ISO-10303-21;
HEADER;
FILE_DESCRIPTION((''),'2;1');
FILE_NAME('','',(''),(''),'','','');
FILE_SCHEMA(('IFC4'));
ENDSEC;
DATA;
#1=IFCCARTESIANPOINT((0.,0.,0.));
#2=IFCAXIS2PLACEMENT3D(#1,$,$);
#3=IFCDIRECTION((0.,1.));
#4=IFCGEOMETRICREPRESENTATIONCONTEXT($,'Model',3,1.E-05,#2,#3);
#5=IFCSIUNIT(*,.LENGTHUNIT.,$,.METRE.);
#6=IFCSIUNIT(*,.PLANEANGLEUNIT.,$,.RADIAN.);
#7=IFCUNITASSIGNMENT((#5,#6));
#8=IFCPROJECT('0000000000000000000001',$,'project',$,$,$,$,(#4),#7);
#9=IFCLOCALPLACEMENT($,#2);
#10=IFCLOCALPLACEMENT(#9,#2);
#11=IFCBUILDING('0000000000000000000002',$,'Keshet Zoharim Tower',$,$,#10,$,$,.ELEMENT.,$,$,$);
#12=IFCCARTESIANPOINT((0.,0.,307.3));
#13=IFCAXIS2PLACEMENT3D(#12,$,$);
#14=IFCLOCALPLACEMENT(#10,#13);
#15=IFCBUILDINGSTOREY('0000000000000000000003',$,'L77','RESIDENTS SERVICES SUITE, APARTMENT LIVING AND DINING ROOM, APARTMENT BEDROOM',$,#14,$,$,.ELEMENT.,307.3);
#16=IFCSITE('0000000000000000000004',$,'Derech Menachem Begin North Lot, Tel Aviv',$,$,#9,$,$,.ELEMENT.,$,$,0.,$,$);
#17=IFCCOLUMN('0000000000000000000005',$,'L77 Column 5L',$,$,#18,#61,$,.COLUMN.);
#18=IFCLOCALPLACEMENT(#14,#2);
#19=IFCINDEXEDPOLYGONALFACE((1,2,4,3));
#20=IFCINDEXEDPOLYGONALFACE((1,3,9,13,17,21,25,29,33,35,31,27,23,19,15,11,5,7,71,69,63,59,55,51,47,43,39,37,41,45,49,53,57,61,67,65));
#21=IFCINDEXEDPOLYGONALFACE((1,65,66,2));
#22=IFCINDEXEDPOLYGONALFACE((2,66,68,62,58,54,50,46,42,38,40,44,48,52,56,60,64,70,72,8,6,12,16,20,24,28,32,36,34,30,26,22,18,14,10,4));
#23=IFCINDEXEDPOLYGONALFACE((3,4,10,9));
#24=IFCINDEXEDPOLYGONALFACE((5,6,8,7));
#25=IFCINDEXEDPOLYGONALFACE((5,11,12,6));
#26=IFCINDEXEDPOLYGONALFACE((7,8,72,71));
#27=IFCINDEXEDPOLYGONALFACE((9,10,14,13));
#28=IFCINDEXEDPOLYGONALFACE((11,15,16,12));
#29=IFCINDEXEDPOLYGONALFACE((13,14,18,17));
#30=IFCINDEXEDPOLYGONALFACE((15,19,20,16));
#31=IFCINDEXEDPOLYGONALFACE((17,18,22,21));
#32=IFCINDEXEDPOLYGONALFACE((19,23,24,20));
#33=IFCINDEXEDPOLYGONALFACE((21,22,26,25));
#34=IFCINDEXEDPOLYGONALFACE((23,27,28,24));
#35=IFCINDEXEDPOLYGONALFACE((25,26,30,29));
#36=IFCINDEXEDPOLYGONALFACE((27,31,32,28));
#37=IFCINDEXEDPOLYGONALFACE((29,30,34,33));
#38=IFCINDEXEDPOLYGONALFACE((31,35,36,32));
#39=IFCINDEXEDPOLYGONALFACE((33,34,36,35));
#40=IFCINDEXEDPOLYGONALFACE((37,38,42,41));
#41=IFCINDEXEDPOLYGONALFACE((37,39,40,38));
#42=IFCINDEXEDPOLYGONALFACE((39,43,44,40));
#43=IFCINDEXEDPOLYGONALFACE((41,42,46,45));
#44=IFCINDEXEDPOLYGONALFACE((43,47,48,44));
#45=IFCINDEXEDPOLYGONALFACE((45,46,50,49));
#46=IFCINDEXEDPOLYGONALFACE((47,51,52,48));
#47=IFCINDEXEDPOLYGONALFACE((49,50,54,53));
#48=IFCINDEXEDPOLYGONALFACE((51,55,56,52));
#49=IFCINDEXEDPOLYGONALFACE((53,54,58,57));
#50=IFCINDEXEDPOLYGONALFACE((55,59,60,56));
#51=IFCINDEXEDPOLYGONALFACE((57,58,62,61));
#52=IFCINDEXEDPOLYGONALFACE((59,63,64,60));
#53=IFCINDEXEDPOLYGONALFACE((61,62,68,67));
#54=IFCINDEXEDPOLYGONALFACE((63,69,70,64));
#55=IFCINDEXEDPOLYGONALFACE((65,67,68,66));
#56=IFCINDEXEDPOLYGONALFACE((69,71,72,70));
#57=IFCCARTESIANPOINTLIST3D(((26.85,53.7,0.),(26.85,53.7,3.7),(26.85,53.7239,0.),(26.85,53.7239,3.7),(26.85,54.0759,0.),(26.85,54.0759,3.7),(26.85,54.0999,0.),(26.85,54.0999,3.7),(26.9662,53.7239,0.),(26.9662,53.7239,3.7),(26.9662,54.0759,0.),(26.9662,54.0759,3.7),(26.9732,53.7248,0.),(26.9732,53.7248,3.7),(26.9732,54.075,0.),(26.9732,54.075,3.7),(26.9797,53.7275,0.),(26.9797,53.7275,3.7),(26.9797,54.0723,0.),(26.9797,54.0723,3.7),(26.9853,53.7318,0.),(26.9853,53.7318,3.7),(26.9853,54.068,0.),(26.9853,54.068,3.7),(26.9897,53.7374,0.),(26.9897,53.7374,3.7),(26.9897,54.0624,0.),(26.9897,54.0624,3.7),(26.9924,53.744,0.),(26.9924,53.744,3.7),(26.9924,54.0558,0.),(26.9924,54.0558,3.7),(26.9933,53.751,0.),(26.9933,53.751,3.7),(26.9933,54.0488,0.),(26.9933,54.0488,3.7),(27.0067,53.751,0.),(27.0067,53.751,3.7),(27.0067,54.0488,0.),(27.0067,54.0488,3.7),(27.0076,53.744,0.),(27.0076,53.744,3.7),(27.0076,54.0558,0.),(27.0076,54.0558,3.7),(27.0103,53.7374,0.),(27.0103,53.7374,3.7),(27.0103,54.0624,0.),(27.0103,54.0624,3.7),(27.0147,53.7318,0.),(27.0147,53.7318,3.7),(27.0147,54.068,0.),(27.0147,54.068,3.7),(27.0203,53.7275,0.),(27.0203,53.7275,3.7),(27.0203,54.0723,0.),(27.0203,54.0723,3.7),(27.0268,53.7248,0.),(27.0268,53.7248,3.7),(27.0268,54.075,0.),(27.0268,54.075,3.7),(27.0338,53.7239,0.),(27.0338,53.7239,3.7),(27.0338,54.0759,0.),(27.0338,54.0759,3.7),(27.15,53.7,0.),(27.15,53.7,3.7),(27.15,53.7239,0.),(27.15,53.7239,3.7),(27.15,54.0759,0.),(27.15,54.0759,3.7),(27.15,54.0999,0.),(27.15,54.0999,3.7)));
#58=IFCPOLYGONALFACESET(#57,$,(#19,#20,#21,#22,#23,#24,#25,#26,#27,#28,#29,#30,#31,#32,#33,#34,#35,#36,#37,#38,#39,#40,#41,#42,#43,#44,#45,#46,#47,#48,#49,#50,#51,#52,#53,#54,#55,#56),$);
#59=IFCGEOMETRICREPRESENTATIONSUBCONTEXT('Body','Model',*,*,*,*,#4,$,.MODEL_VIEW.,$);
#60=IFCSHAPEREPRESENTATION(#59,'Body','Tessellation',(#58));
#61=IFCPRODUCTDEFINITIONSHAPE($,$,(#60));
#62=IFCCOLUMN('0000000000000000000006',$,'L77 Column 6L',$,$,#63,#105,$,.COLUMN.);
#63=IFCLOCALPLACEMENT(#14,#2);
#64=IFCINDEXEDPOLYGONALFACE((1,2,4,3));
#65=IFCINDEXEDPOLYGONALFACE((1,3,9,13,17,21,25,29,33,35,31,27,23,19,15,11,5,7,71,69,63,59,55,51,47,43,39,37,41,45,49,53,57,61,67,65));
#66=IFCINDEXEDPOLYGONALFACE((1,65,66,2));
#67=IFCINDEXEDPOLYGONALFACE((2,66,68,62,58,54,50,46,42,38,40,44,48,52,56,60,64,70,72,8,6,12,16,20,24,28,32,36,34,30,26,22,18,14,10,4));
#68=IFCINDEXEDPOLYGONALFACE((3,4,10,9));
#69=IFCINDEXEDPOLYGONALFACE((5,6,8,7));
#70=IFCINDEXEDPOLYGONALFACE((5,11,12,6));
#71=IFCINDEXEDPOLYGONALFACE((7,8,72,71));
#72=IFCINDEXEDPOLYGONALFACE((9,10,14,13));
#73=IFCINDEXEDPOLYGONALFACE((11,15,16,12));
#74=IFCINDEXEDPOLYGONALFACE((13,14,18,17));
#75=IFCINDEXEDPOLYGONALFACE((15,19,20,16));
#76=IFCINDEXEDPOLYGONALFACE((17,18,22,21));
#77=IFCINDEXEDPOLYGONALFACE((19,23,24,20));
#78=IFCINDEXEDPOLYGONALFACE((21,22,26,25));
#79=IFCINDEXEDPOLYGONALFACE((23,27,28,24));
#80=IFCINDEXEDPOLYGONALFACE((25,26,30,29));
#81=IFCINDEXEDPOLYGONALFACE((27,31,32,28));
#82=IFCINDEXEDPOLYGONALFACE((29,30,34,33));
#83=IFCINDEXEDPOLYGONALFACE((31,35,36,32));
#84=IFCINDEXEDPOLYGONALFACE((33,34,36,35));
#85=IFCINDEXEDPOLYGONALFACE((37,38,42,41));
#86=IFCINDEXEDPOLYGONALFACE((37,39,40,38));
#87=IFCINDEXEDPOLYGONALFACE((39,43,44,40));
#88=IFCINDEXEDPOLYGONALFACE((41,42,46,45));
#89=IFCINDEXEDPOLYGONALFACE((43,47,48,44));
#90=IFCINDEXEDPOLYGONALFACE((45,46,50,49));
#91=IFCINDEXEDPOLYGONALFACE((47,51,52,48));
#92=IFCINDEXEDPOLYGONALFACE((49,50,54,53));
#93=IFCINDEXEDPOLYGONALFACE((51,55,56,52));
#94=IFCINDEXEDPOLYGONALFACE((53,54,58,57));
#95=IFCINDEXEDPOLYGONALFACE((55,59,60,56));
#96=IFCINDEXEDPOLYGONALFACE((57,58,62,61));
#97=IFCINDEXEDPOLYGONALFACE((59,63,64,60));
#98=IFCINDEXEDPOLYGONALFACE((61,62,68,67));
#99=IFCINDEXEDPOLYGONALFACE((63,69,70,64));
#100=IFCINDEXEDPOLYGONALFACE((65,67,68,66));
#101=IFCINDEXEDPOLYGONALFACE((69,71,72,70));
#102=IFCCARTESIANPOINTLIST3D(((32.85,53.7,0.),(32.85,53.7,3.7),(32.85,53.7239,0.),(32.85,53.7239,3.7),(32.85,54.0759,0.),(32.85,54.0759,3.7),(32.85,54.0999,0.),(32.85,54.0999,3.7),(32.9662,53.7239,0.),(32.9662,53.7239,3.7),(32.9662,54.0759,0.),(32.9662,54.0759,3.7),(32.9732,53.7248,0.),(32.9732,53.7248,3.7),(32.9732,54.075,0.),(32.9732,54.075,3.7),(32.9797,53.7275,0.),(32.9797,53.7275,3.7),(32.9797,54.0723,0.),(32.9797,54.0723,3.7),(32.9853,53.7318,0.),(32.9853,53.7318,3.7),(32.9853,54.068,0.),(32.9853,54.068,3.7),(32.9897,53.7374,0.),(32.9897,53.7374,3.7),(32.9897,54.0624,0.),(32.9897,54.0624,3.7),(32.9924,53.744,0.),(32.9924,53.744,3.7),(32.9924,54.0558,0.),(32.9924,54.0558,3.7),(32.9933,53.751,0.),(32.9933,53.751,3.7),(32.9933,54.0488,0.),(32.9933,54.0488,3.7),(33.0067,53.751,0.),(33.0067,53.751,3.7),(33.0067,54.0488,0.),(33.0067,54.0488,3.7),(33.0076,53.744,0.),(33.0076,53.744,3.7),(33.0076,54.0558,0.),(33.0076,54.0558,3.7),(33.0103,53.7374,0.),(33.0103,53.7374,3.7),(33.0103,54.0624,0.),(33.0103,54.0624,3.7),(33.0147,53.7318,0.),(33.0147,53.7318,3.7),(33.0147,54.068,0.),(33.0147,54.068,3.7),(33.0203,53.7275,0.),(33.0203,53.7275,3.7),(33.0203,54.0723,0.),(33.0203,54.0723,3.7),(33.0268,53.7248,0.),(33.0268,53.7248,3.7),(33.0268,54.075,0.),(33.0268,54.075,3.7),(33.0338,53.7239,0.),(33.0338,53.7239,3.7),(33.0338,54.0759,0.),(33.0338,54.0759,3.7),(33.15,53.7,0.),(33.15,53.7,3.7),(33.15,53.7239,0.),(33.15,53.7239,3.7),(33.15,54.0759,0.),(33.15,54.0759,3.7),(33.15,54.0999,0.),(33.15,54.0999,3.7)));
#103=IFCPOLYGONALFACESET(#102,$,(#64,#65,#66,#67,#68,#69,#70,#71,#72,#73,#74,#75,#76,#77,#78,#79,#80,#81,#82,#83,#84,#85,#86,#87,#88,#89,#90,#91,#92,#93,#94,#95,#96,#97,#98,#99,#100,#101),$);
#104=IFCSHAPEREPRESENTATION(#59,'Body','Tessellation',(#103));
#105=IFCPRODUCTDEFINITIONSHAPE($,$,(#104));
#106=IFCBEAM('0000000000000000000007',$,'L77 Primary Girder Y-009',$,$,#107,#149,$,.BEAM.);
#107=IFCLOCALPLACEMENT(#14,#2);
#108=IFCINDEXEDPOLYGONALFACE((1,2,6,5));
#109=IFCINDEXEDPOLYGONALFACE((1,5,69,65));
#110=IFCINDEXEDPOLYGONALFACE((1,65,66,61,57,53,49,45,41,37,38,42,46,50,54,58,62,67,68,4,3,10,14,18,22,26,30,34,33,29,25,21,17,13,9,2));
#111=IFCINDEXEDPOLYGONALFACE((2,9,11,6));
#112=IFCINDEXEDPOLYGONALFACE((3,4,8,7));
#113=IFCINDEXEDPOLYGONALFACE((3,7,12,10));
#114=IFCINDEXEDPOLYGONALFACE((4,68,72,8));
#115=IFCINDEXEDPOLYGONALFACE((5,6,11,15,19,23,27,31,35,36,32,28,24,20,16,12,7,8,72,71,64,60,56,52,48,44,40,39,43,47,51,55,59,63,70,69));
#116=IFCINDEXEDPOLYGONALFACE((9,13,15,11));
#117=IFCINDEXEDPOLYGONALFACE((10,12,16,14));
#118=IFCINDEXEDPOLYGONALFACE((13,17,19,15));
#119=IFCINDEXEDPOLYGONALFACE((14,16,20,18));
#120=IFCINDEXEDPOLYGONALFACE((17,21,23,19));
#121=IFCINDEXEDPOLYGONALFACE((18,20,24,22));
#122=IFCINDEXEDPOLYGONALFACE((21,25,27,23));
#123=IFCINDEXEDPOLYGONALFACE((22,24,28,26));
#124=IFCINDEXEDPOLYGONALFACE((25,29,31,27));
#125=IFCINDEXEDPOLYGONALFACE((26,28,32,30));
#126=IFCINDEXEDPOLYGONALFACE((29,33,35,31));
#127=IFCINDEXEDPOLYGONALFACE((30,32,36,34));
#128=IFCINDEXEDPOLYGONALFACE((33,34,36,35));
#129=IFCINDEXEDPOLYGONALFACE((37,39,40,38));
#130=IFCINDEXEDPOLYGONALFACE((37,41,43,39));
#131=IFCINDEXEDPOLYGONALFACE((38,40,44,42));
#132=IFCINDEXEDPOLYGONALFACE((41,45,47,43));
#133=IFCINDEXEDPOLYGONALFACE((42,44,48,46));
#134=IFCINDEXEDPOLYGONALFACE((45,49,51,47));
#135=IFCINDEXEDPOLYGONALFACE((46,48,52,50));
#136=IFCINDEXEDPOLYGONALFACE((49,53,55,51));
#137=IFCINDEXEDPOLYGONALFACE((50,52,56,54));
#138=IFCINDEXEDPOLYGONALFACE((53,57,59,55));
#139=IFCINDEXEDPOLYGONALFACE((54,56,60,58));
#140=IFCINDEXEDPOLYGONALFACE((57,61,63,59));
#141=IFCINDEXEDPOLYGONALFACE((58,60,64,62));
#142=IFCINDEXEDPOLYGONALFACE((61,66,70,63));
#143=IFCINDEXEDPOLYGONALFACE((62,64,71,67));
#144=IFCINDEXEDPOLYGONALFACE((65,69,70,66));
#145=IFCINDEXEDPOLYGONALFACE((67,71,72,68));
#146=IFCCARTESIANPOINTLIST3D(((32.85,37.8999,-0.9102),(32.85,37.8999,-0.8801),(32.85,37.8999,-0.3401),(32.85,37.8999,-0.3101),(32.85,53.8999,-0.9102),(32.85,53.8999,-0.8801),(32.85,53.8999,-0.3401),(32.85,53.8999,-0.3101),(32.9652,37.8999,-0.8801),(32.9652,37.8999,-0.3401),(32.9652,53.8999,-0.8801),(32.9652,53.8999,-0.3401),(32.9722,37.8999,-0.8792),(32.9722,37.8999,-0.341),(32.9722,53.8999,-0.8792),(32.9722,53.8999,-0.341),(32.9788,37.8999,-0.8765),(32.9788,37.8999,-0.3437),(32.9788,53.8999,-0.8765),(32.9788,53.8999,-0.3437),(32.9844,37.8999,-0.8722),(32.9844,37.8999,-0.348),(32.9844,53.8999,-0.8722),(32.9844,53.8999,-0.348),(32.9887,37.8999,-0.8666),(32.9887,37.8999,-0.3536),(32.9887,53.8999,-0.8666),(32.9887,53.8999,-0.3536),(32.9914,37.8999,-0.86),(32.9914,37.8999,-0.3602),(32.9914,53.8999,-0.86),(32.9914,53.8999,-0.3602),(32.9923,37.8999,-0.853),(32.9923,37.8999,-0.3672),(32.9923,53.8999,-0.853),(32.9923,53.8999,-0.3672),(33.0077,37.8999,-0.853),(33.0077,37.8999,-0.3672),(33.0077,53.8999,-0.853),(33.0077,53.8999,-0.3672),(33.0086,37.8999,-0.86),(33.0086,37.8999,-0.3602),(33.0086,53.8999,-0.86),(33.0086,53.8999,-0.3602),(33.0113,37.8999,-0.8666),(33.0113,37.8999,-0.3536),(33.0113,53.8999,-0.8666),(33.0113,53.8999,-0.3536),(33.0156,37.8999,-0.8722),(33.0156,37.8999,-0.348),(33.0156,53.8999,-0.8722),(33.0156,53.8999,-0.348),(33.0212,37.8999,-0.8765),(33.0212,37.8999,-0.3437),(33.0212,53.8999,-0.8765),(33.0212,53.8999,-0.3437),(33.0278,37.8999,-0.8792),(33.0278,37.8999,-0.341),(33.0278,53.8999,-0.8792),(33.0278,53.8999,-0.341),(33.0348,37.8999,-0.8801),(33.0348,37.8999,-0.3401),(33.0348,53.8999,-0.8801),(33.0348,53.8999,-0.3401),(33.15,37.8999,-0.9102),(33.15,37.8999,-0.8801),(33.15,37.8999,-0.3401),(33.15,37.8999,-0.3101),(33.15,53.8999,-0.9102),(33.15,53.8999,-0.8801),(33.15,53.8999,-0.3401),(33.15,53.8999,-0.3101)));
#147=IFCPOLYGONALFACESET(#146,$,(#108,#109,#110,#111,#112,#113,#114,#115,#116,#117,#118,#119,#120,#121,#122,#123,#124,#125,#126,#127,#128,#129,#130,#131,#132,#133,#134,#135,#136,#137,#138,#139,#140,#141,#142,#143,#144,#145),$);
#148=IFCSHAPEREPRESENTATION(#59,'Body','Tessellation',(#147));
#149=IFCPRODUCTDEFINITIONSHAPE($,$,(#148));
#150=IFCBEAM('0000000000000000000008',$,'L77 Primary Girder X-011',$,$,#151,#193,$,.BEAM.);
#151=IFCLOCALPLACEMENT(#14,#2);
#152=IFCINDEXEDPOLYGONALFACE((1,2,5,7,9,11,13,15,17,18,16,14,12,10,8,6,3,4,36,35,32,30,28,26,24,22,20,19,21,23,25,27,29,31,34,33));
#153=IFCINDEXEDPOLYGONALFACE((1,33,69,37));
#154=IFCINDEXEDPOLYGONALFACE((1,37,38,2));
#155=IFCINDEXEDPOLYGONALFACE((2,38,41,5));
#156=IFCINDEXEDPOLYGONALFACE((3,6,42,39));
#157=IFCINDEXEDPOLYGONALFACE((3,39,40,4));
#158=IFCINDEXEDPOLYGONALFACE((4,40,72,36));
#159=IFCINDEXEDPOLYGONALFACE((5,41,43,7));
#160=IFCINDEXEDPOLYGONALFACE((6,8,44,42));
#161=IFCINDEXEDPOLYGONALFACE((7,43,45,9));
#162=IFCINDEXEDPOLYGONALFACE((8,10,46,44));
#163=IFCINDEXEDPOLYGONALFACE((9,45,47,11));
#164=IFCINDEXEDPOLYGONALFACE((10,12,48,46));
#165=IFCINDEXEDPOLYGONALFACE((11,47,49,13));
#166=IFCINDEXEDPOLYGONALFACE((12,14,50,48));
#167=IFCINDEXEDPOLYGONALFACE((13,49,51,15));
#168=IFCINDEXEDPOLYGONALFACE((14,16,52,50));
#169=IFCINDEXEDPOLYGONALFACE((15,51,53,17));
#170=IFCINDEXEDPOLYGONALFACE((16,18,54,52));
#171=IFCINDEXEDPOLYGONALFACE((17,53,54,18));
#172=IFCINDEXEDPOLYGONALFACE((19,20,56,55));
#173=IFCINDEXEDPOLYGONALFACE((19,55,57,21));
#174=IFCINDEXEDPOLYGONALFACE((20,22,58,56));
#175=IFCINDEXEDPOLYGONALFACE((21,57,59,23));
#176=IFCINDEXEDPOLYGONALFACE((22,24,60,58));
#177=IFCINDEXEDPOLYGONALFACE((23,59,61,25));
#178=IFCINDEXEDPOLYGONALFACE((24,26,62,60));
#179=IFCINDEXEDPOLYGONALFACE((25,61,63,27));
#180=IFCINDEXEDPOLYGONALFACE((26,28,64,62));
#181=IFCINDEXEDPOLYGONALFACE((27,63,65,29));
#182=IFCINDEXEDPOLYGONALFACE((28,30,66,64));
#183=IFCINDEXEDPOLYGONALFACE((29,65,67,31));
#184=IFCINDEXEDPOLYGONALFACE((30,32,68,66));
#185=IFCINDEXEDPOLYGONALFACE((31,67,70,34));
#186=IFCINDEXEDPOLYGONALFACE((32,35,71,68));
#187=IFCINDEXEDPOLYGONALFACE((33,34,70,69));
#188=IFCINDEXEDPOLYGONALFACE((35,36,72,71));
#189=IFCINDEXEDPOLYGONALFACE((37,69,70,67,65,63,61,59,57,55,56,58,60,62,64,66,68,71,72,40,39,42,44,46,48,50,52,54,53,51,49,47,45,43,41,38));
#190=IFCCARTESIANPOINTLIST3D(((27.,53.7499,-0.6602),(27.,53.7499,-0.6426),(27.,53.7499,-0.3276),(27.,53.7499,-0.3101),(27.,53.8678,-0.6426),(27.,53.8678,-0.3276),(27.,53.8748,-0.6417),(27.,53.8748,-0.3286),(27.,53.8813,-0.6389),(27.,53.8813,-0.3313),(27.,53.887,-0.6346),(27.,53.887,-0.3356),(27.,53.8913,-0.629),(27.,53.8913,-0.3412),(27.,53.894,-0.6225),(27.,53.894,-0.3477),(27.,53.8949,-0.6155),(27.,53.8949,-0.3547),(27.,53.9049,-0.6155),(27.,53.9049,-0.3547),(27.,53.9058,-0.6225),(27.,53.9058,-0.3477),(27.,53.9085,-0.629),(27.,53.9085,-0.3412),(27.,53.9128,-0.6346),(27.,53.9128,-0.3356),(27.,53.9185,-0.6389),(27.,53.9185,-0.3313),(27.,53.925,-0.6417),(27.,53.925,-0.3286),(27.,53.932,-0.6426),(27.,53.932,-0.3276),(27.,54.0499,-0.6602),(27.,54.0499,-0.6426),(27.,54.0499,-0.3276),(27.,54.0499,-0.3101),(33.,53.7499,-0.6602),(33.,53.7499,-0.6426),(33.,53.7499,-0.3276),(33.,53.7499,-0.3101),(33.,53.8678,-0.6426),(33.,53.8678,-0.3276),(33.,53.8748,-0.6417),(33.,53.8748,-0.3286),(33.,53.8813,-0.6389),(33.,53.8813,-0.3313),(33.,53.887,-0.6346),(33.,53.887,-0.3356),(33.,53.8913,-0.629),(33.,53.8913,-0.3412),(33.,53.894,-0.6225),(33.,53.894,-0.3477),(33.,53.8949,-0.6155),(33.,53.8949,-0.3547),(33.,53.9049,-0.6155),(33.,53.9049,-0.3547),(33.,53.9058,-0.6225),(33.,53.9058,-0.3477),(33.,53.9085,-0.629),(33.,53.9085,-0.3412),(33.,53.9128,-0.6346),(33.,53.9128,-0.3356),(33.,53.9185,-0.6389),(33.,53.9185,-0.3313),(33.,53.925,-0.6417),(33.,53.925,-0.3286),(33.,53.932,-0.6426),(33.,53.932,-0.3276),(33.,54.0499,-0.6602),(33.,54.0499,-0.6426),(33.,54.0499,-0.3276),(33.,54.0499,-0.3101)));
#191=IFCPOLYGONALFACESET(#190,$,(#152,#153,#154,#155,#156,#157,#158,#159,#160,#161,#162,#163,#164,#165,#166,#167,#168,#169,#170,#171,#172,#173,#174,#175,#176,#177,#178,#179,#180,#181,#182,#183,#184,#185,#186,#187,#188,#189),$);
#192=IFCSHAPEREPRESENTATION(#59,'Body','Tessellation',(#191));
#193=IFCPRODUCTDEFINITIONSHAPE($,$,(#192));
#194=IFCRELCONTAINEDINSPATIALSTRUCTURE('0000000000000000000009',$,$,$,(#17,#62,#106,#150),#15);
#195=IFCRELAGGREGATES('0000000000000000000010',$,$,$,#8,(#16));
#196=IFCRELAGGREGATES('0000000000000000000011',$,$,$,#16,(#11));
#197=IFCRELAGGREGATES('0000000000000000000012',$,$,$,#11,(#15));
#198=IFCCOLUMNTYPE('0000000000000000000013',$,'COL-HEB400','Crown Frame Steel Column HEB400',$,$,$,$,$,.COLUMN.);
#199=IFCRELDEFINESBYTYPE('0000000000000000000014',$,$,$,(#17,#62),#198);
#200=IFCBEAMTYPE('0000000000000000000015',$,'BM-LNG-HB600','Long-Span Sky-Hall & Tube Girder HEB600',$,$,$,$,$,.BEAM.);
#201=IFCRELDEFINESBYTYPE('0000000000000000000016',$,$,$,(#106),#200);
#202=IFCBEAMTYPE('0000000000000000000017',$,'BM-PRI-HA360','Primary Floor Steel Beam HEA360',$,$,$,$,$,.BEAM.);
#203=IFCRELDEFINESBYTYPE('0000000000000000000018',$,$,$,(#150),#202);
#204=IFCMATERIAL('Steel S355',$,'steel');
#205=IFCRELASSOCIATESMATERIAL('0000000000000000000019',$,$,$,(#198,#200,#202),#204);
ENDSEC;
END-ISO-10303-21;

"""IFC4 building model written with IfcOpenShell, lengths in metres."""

from ifc_helpers import new_model, si_unit, direction, frame, origin, origin_2d, place, context, subcontext, project, spatial, i_section, extrude, material, material_profile, profile_set, type_object, element, save


model = new_model("IFC4")

# Units and contexts
model_context = context("Model", 3, precision=1e-05, world=origin(), true_north=direction((0.0, 1.0)))
body_context = subcontext(model_context, "Body", "Model", "MODEL_VIEW")
ifc_project = project(units=[si_unit("LENGTHUNIT", "METRE"), si_unit("PLANEANGLEUNIT", "RADIAN")], contexts=[model_context])

# Site, building, storey
site_placement = place(None, origin())
site = spatial("IfcSite", under=ifc_project, at=site_placement, Name="Derech Menachem Begin North Lot, Tel Aviv", CompositionType="ELEMENT", RefElevation=0.0)
building_placement = place(site_placement, origin())
building = spatial("IfcBuilding", under=site, at=building_placement, Name="Keshet Zoharim Tower", CompositionType="ELEMENT")
storey_placement = place(building_placement, frame((0.0, 0.0, 307.3)))
storey = spatial("IfcBuildingStorey", under=building, at=storey_placement, Name="L77", Description="RESIDENTS SERVICES SUITE, APARTMENT LIVING AND DINING ROOM, APARTMENT BEDROOM", CompositionType="ELEMENT", Elevation=307.3)

# Columns
ifc_material_1 = material(Name="Steel S355", Category="steel")
ifc_material_profile_1 = material_profile(ifc_material_1, i_section(OverallWidth=0.3, OverallDepth=0.3999, WebThickness=0.0134, FlangeThickness=0.0239, FilletRadius=0.0271, at=origin_2d()), Name="HEB400")
ifc_profile_set_1 = profile_set([ifc_material_profile_1], Name="Steel S355")
column_type = type_object("IfcColumnType", Name="COL-HEB400", Description="Crown Frame Steel Column HEB400", PredefinedType="COLUMN", material=ifc_profile_set_1)
for number, where, z_axis, x_axis, name in (
    (1, (27.0, 53.8999, 0.0), (0.0, 0.0, 1.0), (1.0, 0.0, 0.0), "L77 Column 5L"),
    (2, (33.0, 53.8999, 0.0), (0.0, 0.0, 1.0), (1.0, 0.0, 0.0), "L77 Column 6L"),
):
    element("IfcColumn", number, at=place(storey_placement, frame(where, z_axis=z_axis, x_axis=x_axis)), inside=storey, type_object=column_type, Name=name, PredefinedType="COLUMN", context=body_context, shape_type="SweptSolid", body=[
        extrude(i_section(OverallWidth=0.3, OverallDepth=0.3999, WebThickness=0.0134, FlangeThickness=0.0239, FilletRadius=0.0271, at=origin_2d()), origin(), (0.0, 0.0, 1.0), 3.7),
    ])

# Beams
ifc_material_profile_2 = material_profile(ifc_material_1, i_section(OverallWidth=0.3, OverallDepth=0.6001, WebThickness=0.0154, FlangeThickness=0.03, FilletRadius=0.0271, at=origin_2d()), Name="HEB600")
ifc_profile_set_2 = profile_set([ifc_material_profile_2], Name="Steel S355")
beam_type_1 = type_object("IfcBeamType", Name="BM-LNG-HB600", Description="Long-Span Sky-Hall & Tube Girder HEB600", PredefinedType="BEAM", material=ifc_profile_set_2)
beam_1_placement = place(storey_placement, frame((33.0, 37.8999, -0.6101), z_axis=(0.0, 1.0, 0.0), x_axis=(-1.0, 0.0, 0.0)))
element("IfcBeam", 3, at=beam_1_placement, inside=storey, type_object=beam_type_1, Name="L77 Primary Girder Y-009", PredefinedType="BEAM", context=body_context, shape_type="SweptSolid", body=[
    extrude(i_section(OverallWidth=0.3, OverallDepth=0.6001, WebThickness=0.0154, FlangeThickness=0.03, FilletRadius=0.0271, at=origin_2d()), origin(), (0.0, 0.0, 1.0), 16.0),
])
ifc_material_profile_3 = material_profile(ifc_material_1, i_section(OverallWidth=0.3, OverallDepth=0.3501, WebThickness=0.01, FlangeThickness=0.0176, FilletRadius=0.0271, at=origin_2d()), Name="HEA360")
ifc_profile_set_3 = profile_set([ifc_material_profile_3], Name="Steel S355")
beam_type_2 = type_object("IfcBeamType", Name="BM-PRI-HA360", Description="Primary Floor Steel Beam HEA360", PredefinedType="BEAM", material=ifc_profile_set_3)
beam_2_placement = place(storey_placement, frame((27.0, 53.8999, -0.4851), z_axis=(1.0, 0.0, 0.0), x_axis=(0.0, 1.0, 0.0)))
element("IfcBeam", 4, at=beam_2_placement, inside=storey, type_object=beam_type_2, Name="L77 Primary Girder X-011", PredefinedType="BEAM", context=body_context, shape_type="SweptSolid", body=[
    extrude(i_section(OverallWidth=0.3, OverallDepth=0.3501, WebThickness=0.01, FlangeThickness=0.0176, FilletRadius=0.0271, at=origin_2d()), origin(), (0.0, 0.0, 1.0), 6.0),
])

save(model, "model.ifc")
